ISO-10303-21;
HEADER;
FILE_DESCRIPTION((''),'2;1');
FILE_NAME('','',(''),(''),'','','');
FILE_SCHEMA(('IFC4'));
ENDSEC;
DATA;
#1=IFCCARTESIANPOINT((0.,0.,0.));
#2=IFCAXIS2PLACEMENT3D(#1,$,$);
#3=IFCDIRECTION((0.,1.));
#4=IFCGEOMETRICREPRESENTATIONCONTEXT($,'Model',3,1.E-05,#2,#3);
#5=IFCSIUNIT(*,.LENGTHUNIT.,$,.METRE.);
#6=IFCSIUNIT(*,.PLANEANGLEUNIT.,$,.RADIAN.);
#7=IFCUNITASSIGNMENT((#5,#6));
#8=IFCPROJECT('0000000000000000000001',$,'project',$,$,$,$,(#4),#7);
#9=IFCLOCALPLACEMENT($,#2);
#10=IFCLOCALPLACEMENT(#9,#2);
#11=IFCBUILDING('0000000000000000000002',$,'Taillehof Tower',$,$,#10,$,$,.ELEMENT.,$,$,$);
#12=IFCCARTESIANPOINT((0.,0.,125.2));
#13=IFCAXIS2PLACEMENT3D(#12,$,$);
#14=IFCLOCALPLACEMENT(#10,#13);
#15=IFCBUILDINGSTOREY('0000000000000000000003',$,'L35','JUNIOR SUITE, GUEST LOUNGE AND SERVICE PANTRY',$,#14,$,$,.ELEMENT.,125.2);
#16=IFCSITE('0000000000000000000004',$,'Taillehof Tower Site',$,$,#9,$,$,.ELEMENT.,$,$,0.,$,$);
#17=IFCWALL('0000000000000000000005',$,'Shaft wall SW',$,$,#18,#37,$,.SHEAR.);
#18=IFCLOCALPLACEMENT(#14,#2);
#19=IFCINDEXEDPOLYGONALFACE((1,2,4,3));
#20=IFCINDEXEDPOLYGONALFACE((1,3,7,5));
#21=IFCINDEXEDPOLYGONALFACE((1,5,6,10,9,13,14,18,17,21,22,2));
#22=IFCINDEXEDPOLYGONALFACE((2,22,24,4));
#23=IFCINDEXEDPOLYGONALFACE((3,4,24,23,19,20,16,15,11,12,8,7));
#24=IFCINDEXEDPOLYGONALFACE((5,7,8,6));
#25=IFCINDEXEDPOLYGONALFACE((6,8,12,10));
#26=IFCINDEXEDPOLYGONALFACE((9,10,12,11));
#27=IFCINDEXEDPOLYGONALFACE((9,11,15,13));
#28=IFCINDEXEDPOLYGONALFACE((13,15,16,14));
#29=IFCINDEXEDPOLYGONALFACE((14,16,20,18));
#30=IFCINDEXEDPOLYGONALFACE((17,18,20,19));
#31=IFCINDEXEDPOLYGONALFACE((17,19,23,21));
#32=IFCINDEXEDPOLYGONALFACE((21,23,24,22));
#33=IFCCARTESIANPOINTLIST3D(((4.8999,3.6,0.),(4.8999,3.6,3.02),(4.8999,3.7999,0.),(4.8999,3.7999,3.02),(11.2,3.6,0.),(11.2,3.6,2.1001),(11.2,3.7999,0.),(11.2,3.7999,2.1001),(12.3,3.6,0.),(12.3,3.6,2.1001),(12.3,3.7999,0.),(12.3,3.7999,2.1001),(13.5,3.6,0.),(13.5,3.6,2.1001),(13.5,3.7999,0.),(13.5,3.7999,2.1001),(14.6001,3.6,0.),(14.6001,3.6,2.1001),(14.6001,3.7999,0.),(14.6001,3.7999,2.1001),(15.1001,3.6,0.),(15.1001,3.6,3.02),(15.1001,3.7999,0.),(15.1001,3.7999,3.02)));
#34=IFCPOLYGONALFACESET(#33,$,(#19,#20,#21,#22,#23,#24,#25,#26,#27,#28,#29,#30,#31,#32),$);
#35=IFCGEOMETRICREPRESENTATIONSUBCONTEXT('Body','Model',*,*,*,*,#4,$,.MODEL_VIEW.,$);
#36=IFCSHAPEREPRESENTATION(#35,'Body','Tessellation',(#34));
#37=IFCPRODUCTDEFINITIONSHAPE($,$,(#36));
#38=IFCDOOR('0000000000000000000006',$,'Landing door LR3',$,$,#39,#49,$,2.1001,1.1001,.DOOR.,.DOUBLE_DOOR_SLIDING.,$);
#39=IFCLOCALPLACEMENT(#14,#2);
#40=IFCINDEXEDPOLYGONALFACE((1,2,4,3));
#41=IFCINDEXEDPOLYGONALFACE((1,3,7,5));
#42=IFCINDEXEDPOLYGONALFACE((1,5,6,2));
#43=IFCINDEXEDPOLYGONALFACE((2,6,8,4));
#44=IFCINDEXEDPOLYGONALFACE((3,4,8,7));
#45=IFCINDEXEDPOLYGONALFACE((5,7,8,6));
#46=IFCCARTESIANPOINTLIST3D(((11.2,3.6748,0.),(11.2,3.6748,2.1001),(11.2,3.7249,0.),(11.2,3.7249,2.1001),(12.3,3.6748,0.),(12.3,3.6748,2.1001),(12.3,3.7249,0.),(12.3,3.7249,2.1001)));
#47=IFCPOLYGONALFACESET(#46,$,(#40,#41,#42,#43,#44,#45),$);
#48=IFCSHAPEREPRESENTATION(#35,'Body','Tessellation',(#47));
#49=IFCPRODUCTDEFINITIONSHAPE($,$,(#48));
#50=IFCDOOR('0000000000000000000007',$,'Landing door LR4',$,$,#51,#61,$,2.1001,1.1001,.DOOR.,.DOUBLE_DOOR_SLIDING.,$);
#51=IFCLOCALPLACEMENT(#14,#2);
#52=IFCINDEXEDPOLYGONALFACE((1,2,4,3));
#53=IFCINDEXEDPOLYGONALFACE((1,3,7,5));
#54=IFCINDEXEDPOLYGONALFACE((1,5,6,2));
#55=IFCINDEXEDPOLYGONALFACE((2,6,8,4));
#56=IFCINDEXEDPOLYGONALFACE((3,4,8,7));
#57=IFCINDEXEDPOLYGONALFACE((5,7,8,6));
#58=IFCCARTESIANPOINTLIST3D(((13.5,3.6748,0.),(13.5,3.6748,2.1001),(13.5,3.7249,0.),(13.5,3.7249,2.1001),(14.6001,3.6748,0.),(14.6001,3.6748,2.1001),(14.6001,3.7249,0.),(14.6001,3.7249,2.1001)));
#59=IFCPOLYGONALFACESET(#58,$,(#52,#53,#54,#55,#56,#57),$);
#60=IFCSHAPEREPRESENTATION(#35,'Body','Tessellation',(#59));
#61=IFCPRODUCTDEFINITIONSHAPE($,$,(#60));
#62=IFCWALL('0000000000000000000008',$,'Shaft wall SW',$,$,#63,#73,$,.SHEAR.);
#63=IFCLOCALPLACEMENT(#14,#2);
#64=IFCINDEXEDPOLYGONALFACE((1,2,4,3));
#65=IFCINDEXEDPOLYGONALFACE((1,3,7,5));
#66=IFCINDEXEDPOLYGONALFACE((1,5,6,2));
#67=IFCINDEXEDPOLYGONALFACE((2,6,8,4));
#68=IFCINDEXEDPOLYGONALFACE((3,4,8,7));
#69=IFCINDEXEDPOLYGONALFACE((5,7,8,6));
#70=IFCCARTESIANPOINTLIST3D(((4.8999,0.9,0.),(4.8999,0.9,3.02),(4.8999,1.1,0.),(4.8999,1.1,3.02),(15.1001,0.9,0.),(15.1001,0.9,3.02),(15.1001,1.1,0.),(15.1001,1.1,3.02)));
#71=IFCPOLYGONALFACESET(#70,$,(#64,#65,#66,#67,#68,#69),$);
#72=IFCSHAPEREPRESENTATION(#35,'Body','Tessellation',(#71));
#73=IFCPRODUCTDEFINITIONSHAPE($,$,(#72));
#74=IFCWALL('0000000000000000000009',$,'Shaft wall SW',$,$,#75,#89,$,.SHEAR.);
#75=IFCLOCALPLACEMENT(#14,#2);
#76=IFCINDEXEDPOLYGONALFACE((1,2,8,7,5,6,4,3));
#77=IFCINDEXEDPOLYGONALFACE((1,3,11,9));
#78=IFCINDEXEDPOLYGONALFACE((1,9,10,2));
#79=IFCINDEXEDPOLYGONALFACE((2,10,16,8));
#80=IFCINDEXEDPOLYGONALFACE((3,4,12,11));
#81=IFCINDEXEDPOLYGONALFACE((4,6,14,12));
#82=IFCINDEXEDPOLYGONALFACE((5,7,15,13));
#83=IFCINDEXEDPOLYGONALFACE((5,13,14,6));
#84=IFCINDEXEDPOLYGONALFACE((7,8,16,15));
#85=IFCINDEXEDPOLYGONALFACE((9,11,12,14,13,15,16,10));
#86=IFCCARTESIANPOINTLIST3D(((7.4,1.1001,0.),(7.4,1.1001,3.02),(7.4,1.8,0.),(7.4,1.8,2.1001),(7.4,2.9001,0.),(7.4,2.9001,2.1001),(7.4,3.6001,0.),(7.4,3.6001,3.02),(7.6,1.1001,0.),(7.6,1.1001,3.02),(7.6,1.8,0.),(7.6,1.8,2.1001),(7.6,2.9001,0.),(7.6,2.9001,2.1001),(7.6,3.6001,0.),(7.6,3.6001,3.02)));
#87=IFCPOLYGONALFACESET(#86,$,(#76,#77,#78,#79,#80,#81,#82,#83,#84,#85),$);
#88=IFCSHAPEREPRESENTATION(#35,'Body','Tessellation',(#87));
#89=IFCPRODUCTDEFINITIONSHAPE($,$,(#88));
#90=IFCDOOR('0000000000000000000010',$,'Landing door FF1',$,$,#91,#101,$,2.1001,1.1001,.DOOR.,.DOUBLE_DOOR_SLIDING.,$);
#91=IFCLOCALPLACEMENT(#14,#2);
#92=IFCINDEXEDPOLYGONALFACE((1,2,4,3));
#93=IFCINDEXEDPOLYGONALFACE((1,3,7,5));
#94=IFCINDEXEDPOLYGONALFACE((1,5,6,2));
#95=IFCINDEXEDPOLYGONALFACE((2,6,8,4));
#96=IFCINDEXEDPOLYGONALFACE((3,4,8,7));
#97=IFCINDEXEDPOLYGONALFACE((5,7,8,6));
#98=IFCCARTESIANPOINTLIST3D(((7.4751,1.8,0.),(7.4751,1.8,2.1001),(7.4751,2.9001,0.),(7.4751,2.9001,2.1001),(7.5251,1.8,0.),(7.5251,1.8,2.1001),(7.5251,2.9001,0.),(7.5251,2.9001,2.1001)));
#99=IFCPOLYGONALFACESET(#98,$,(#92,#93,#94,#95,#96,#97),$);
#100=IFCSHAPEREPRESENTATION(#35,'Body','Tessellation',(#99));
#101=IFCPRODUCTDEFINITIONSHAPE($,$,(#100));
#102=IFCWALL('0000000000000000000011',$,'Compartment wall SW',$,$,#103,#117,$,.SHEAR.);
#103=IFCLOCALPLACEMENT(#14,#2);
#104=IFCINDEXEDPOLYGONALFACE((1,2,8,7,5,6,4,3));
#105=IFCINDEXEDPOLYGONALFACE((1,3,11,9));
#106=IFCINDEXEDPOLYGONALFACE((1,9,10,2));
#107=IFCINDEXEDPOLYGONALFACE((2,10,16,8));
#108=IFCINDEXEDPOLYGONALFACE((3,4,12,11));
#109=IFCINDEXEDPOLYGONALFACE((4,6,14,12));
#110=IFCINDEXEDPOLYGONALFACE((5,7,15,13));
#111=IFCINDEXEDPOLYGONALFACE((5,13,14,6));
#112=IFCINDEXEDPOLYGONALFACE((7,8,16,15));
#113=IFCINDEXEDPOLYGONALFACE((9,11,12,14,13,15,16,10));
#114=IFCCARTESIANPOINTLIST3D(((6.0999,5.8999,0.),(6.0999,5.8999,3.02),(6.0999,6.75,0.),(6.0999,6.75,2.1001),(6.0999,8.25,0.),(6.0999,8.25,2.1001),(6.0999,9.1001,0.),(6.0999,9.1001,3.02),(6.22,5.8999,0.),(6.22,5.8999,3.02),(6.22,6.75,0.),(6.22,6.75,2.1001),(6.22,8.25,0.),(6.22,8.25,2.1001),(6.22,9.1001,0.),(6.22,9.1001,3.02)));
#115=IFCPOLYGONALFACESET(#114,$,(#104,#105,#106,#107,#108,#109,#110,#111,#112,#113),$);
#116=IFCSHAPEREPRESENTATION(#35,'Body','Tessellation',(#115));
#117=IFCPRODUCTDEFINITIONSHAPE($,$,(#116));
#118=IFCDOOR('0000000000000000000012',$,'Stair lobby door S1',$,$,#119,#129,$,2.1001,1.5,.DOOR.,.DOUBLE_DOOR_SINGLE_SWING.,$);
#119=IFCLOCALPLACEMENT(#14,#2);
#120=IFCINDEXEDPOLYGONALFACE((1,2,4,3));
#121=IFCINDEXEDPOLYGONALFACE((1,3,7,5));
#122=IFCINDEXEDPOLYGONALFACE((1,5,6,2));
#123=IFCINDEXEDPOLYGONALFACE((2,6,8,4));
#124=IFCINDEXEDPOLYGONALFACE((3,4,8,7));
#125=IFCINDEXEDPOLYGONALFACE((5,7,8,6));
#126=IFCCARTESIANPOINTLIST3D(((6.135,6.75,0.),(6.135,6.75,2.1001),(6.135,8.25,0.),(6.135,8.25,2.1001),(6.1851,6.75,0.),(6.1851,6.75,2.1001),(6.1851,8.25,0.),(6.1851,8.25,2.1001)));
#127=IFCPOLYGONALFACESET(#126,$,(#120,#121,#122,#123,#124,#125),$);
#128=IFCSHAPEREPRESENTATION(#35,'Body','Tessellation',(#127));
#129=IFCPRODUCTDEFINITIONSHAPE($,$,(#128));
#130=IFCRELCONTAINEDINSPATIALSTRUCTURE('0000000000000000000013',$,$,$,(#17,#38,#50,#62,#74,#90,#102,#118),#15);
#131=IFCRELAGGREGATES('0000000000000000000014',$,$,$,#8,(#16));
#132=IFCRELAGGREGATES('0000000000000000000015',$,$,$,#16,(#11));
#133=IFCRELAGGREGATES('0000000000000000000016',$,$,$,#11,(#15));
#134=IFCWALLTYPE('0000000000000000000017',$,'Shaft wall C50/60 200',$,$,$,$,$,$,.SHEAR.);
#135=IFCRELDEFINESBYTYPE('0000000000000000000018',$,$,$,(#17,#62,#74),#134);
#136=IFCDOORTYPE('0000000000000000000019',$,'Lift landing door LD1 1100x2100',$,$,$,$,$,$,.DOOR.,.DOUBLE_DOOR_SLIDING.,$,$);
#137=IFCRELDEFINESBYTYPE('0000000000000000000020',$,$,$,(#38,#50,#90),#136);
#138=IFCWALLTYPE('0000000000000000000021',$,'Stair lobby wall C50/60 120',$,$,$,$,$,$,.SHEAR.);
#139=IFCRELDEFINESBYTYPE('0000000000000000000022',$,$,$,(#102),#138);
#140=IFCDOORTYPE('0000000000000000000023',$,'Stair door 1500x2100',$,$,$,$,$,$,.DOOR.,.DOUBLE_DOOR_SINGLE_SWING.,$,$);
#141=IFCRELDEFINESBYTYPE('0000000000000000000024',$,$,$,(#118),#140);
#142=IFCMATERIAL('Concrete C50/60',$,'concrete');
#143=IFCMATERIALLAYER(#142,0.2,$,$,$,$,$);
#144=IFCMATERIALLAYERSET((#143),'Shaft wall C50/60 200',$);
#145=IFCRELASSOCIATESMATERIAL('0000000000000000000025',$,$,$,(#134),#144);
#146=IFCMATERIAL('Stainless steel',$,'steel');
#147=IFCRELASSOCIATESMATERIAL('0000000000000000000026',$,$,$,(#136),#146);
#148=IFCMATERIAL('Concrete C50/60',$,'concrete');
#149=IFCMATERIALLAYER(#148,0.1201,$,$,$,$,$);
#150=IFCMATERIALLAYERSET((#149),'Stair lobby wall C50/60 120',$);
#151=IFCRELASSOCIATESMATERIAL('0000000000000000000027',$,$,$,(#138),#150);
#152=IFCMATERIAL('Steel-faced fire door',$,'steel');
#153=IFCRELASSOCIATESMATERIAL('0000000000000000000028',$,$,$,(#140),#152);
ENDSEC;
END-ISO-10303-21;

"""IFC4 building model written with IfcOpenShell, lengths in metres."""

from ifc_helpers import new_model, si_unit, direction, frame, frame_2d, origin, place, context, subcontext, project, spatial, rectangle, extrude, material, layer, layer_set, type_object, element, fill, save


model = new_model("IFC4")

# Units and contexts
model_context = context("Model", 3, precision=1e-05, world=origin(), true_north=direction((0.0, 1.0)))
body_context = subcontext(model_context, "Body", "Model", "MODEL_VIEW")
ifc_project = project(units=[si_unit("LENGTHUNIT", "METRE"), si_unit("PLANEANGLEUNIT", "RADIAN")], contexts=[model_context])

# Site, building, storey
site_placement = place(None, origin())
site = spatial("IfcSite", under=ifc_project, at=site_placement, Name="Taillehof Tower Site", CompositionType="ELEMENT", RefElevation=0.0)
building_placement = place(site_placement, origin())
building = spatial("IfcBuilding", under=site, at=building_placement, Name="Taillehof Tower", CompositionType="ELEMENT")
storey_placement = place(building_placement, frame((0.0, 0.0, 125.2)))
storey = spatial("IfcBuildingStorey", under=building, at=storey_placement, Name="L35", Description="JUNIOR SUITE, GUEST LOUNGE AND SERVICE PANTRY", CompositionType="ELEMENT", Elevation=125.2)

# Wall, openings, doors
ifc_material_1 = material(Name="Concrete C50/60", Category="concrete")
ifc_layer_1 = layer(ifc_material_1, 0.2)
ifc_layer_set_1 = layer_set([ifc_layer_1], Name="Shaft wall C50/60 200")
wall_type_1 = type_object("IfcWallType", Name="Shaft wall C50/60 200", PredefinedType="SHEAR", material=ifc_layer_set_1)
ifc_material_2 = material(Name="Stainless steel", Category="steel")
door_type_1 = type_object("IfcDoorType", Name="Lift landing door LD1 1100x2100", OperationType="DOUBLE_DOOR_SLIDING", PredefinedType="DOOR", material=ifc_material_2)
wall_1_placement = place(storey_placement, frame((4.8999, 3.7, 0.0), z_axis=(0.0, 0.0, 1.0), x_axis=(1.0, 0.0, 0.0)))
wall_1 = element("IfcWall", 1, at=wall_1_placement, inside=storey, type_object=wall_type_1, Name="Shaft wall SW", PredefinedType="SHEAR", context=body_context, shape_type="SweptSolid", body=[
    extrude(rectangle(XDim=10.2002, YDim=0.2, at=frame_2d((5.1001, 0.0))), origin(), (0.0, 0.0, 1.0), 3.02),
])
opening_1_placement = place(wall_1_placement, frame((6.3, 0.0, 0.0)))
opening_1 = element("IfcOpeningElement", 2, at=opening_1_placement, cuts=wall_1, PredefinedType="OPENING", context=body_context, shape_type="SweptSolid", body=[
    extrude(rectangle(XDim=1.1001, YDim=2.1001, at=frame_2d((0.55, 1.05))), frame((0.0, 0.1099, 0.0), z_axis=(0.0, -1.0, 0.0), x_axis=(1.0, 0.0, 0.0)), (0.0, 0.0, 1.0), 0.22),
])
opening_2_placement = place(wall_1_placement, frame((8.6001, 0.0, 0.0)))
opening_2 = element("IfcOpeningElement", 3, at=opening_2_placement, cuts=wall_1, PredefinedType="OPENING", context=body_context, shape_type="SweptSolid", body=[
    extrude(rectangle(XDim=1.1001, YDim=2.1001, at=frame_2d((0.55, 1.05))), frame((0.0, 0.1099, 0.0), z_axis=(0.0, -1.0, 0.0), x_axis=(1.0, 0.0, 0.0)), (0.0, 0.0, 1.0), 0.22),
])
door_1_placement = place(opening_1_placement, origin())
door_1 = element("IfcDoor", 4, at=door_1_placement, inside=storey, type_object=door_type_1, Name="Landing door LR3", OperationType="DOUBLE_DOOR_SLIDING", OverallHeight=2.1001, OverallWidth=1.1001, PredefinedType="DOOR", context=body_context, shape_type="SweptSolid", body=[
    extrude(rectangle(XDim=1.1001, YDim=2.1001, at=frame_2d((0.55, 1.05))), frame((0.0, 0.0249, 0.0), z_axis=(0.0, -1.0, 0.0), x_axis=(1.0, 0.0, 0.0)), (0.0, 0.0, 1.0), 0.05),
])
fill(opening_1, door_1)
door_2_placement = place(opening_2_placement, origin())
door_2 = element("IfcDoor", 5, at=door_2_placement, inside=storey, type_object=door_type_1, Name="Landing door LR4", OperationType="DOUBLE_DOOR_SLIDING", OverallHeight=2.1001, OverallWidth=1.1001, PredefinedType="DOOR", context=body_context, shape_type="SweptSolid", body=[
    extrude(rectangle(XDim=1.1001, YDim=2.1001, at=frame_2d((0.55, 1.05))), frame((0.0, 0.0249, 0.0), z_axis=(0.0, -1.0, 0.0), x_axis=(1.0, 0.0, 0.0)), (0.0, 0.0, 1.0), 0.05),
])
fill(opening_2, door_2)

# Wall
wall_2_placement = place(storey_placement, frame((4.8999, 1.0, 0.0), z_axis=(0.0, 0.0, 1.0), x_axis=(1.0, 0.0, 0.0)))
element("IfcWall", 6, at=wall_2_placement, inside=storey, type_object=wall_type_1, Name="Shaft wall SW", PredefinedType="SHEAR", context=body_context, shape_type="SweptSolid", body=[
    extrude(rectangle(XDim=10.2002, YDim=0.2, at=frame_2d((5.1001, 0.0))), origin(), (0.0, 0.0, 1.0), 3.02),
])

# Walls, openings, doors
wall_3_placement = place(storey_placement, frame((7.5, 1.1001, 0.0), z_axis=(0.0, 0.0, 1.0), x_axis=(0.0, 1.0, 0.0)))
wall_3 = element("IfcWall", 7, at=wall_3_placement, inside=storey, type_object=wall_type_1, Name="Shaft wall SW", PredefinedType="SHEAR", context=body_context, shape_type="SweptSolid", body=[
    extrude(rectangle(XDim=2.5, YDim=0.2, at=frame_2d((1.25, 0.0))), origin(), (0.0, 0.0, 1.0), 3.02),
])
opening_3_placement = place(wall_3_placement, frame((0.7, 0.0, 0.0)))
opening_3 = element("IfcOpeningElement", 8, at=opening_3_placement, cuts=wall_3, PredefinedType="OPENING", context=body_context, shape_type="SweptSolid", body=[
    extrude(rectangle(XDim=1.1001, YDim=2.1001, at=frame_2d((0.55, 1.05))), frame((0.0, 0.1099, 0.0), z_axis=(0.0, -1.0, 0.0), x_axis=(1.0, 0.0, 0.0)), (0.0, 0.0, 1.0), 0.22),
])
door_3_placement = place(opening_3_placement, origin())
door_3 = element("IfcDoor", 9, at=door_3_placement, inside=storey, type_object=door_type_1, Name="Landing door FF1", OperationType="DOUBLE_DOOR_SLIDING", OverallHeight=2.1001, OverallWidth=1.1001, PredefinedType="DOOR", context=body_context, shape_type="SweptSolid", body=[
    extrude(rectangle(XDim=1.1001, YDim=2.1001, at=frame_2d((0.55, 1.05))), frame((0.0, 0.0249, 0.0), z_axis=(0.0, -1.0, 0.0), x_axis=(1.0, 0.0, 0.0)), (0.0, 0.0, 1.0), 0.05),
])
fill(opening_3, door_3)
ifc_material_3 = material(Name="Concrete C50/60", Category="concrete")
ifc_layer_2 = layer(ifc_material_3, 0.1201)
ifc_layer_set_2 = layer_set([ifc_layer_2], Name="Stair lobby wall C50/60 120")
wall_type_2 = type_object("IfcWallType", Name="Stair lobby wall C50/60 120", PredefinedType="SHEAR", material=ifc_layer_set_2)
wall_4_placement = place(storey_placement, frame((6.1599, 5.8999, 0.0), z_axis=(0.0, 0.0, 1.0), x_axis=(0.0, 1.0, 0.0)))
wall_4 = element("IfcWall", 10, at=wall_4_placement, inside=storey, type_object=wall_type_2, Name="Compartment wall SW", PredefinedType="SHEAR", context=body_context, shape_type="SweptSolid", body=[
    extrude(rectangle(XDim=3.2002, YDim=0.1201, at=frame_2d((1.6001, 0.0))), origin(), (0.0, 0.0, 1.0), 3.02),
])
opening_4_placement = place(wall_4_placement, frame((0.8501, 0.0, 0.0)))
opening_4 = element("IfcOpeningElement", 11, at=opening_4_placement, cuts=wall_4, PredefinedType="OPENING", context=body_context, shape_type="SweptSolid", body=[
    extrude(rectangle(XDim=1.5, YDim=2.1001, at=frame_2d((0.75, 1.05))), frame((0.0, 0.0701, 0.0), z_axis=(0.0, -1.0, 0.0), x_axis=(1.0, 0.0, 0.0)), (0.0, 0.0, 1.0), 0.1401),
])
ifc_material_4 = material(Name="Steel-faced fire door", Category="steel")
door_type_2 = type_object("IfcDoorType", Name="Stair door 1500x2100", OperationType="DOUBLE_DOOR_SINGLE_SWING", PredefinedType="DOOR", material=ifc_material_4)
door_4_placement = place(opening_4_placement, origin())
door_4 = element("IfcDoor", 12, at=door_4_placement, inside=storey, type_object=door_type_2, Name="Stair lobby door S1", OperationType="DOUBLE_DOOR_SINGLE_SWING", OverallHeight=2.1001, OverallWidth=1.5, PredefinedType="DOOR", context=body_context, shape_type="SweptSolid", body=[
    extrude(rectangle(XDim=1.5, YDim=2.1001, at=frame_2d((0.75, 1.05))), frame((0.0, 0.0249, 0.0), z_axis=(0.0, -1.0, 0.0), x_axis=(1.0, 0.0, 0.0)), (0.0, 0.0, 1.0), 0.05),
])
fill(opening_4, door_4)

save(model, "model.ifc")
